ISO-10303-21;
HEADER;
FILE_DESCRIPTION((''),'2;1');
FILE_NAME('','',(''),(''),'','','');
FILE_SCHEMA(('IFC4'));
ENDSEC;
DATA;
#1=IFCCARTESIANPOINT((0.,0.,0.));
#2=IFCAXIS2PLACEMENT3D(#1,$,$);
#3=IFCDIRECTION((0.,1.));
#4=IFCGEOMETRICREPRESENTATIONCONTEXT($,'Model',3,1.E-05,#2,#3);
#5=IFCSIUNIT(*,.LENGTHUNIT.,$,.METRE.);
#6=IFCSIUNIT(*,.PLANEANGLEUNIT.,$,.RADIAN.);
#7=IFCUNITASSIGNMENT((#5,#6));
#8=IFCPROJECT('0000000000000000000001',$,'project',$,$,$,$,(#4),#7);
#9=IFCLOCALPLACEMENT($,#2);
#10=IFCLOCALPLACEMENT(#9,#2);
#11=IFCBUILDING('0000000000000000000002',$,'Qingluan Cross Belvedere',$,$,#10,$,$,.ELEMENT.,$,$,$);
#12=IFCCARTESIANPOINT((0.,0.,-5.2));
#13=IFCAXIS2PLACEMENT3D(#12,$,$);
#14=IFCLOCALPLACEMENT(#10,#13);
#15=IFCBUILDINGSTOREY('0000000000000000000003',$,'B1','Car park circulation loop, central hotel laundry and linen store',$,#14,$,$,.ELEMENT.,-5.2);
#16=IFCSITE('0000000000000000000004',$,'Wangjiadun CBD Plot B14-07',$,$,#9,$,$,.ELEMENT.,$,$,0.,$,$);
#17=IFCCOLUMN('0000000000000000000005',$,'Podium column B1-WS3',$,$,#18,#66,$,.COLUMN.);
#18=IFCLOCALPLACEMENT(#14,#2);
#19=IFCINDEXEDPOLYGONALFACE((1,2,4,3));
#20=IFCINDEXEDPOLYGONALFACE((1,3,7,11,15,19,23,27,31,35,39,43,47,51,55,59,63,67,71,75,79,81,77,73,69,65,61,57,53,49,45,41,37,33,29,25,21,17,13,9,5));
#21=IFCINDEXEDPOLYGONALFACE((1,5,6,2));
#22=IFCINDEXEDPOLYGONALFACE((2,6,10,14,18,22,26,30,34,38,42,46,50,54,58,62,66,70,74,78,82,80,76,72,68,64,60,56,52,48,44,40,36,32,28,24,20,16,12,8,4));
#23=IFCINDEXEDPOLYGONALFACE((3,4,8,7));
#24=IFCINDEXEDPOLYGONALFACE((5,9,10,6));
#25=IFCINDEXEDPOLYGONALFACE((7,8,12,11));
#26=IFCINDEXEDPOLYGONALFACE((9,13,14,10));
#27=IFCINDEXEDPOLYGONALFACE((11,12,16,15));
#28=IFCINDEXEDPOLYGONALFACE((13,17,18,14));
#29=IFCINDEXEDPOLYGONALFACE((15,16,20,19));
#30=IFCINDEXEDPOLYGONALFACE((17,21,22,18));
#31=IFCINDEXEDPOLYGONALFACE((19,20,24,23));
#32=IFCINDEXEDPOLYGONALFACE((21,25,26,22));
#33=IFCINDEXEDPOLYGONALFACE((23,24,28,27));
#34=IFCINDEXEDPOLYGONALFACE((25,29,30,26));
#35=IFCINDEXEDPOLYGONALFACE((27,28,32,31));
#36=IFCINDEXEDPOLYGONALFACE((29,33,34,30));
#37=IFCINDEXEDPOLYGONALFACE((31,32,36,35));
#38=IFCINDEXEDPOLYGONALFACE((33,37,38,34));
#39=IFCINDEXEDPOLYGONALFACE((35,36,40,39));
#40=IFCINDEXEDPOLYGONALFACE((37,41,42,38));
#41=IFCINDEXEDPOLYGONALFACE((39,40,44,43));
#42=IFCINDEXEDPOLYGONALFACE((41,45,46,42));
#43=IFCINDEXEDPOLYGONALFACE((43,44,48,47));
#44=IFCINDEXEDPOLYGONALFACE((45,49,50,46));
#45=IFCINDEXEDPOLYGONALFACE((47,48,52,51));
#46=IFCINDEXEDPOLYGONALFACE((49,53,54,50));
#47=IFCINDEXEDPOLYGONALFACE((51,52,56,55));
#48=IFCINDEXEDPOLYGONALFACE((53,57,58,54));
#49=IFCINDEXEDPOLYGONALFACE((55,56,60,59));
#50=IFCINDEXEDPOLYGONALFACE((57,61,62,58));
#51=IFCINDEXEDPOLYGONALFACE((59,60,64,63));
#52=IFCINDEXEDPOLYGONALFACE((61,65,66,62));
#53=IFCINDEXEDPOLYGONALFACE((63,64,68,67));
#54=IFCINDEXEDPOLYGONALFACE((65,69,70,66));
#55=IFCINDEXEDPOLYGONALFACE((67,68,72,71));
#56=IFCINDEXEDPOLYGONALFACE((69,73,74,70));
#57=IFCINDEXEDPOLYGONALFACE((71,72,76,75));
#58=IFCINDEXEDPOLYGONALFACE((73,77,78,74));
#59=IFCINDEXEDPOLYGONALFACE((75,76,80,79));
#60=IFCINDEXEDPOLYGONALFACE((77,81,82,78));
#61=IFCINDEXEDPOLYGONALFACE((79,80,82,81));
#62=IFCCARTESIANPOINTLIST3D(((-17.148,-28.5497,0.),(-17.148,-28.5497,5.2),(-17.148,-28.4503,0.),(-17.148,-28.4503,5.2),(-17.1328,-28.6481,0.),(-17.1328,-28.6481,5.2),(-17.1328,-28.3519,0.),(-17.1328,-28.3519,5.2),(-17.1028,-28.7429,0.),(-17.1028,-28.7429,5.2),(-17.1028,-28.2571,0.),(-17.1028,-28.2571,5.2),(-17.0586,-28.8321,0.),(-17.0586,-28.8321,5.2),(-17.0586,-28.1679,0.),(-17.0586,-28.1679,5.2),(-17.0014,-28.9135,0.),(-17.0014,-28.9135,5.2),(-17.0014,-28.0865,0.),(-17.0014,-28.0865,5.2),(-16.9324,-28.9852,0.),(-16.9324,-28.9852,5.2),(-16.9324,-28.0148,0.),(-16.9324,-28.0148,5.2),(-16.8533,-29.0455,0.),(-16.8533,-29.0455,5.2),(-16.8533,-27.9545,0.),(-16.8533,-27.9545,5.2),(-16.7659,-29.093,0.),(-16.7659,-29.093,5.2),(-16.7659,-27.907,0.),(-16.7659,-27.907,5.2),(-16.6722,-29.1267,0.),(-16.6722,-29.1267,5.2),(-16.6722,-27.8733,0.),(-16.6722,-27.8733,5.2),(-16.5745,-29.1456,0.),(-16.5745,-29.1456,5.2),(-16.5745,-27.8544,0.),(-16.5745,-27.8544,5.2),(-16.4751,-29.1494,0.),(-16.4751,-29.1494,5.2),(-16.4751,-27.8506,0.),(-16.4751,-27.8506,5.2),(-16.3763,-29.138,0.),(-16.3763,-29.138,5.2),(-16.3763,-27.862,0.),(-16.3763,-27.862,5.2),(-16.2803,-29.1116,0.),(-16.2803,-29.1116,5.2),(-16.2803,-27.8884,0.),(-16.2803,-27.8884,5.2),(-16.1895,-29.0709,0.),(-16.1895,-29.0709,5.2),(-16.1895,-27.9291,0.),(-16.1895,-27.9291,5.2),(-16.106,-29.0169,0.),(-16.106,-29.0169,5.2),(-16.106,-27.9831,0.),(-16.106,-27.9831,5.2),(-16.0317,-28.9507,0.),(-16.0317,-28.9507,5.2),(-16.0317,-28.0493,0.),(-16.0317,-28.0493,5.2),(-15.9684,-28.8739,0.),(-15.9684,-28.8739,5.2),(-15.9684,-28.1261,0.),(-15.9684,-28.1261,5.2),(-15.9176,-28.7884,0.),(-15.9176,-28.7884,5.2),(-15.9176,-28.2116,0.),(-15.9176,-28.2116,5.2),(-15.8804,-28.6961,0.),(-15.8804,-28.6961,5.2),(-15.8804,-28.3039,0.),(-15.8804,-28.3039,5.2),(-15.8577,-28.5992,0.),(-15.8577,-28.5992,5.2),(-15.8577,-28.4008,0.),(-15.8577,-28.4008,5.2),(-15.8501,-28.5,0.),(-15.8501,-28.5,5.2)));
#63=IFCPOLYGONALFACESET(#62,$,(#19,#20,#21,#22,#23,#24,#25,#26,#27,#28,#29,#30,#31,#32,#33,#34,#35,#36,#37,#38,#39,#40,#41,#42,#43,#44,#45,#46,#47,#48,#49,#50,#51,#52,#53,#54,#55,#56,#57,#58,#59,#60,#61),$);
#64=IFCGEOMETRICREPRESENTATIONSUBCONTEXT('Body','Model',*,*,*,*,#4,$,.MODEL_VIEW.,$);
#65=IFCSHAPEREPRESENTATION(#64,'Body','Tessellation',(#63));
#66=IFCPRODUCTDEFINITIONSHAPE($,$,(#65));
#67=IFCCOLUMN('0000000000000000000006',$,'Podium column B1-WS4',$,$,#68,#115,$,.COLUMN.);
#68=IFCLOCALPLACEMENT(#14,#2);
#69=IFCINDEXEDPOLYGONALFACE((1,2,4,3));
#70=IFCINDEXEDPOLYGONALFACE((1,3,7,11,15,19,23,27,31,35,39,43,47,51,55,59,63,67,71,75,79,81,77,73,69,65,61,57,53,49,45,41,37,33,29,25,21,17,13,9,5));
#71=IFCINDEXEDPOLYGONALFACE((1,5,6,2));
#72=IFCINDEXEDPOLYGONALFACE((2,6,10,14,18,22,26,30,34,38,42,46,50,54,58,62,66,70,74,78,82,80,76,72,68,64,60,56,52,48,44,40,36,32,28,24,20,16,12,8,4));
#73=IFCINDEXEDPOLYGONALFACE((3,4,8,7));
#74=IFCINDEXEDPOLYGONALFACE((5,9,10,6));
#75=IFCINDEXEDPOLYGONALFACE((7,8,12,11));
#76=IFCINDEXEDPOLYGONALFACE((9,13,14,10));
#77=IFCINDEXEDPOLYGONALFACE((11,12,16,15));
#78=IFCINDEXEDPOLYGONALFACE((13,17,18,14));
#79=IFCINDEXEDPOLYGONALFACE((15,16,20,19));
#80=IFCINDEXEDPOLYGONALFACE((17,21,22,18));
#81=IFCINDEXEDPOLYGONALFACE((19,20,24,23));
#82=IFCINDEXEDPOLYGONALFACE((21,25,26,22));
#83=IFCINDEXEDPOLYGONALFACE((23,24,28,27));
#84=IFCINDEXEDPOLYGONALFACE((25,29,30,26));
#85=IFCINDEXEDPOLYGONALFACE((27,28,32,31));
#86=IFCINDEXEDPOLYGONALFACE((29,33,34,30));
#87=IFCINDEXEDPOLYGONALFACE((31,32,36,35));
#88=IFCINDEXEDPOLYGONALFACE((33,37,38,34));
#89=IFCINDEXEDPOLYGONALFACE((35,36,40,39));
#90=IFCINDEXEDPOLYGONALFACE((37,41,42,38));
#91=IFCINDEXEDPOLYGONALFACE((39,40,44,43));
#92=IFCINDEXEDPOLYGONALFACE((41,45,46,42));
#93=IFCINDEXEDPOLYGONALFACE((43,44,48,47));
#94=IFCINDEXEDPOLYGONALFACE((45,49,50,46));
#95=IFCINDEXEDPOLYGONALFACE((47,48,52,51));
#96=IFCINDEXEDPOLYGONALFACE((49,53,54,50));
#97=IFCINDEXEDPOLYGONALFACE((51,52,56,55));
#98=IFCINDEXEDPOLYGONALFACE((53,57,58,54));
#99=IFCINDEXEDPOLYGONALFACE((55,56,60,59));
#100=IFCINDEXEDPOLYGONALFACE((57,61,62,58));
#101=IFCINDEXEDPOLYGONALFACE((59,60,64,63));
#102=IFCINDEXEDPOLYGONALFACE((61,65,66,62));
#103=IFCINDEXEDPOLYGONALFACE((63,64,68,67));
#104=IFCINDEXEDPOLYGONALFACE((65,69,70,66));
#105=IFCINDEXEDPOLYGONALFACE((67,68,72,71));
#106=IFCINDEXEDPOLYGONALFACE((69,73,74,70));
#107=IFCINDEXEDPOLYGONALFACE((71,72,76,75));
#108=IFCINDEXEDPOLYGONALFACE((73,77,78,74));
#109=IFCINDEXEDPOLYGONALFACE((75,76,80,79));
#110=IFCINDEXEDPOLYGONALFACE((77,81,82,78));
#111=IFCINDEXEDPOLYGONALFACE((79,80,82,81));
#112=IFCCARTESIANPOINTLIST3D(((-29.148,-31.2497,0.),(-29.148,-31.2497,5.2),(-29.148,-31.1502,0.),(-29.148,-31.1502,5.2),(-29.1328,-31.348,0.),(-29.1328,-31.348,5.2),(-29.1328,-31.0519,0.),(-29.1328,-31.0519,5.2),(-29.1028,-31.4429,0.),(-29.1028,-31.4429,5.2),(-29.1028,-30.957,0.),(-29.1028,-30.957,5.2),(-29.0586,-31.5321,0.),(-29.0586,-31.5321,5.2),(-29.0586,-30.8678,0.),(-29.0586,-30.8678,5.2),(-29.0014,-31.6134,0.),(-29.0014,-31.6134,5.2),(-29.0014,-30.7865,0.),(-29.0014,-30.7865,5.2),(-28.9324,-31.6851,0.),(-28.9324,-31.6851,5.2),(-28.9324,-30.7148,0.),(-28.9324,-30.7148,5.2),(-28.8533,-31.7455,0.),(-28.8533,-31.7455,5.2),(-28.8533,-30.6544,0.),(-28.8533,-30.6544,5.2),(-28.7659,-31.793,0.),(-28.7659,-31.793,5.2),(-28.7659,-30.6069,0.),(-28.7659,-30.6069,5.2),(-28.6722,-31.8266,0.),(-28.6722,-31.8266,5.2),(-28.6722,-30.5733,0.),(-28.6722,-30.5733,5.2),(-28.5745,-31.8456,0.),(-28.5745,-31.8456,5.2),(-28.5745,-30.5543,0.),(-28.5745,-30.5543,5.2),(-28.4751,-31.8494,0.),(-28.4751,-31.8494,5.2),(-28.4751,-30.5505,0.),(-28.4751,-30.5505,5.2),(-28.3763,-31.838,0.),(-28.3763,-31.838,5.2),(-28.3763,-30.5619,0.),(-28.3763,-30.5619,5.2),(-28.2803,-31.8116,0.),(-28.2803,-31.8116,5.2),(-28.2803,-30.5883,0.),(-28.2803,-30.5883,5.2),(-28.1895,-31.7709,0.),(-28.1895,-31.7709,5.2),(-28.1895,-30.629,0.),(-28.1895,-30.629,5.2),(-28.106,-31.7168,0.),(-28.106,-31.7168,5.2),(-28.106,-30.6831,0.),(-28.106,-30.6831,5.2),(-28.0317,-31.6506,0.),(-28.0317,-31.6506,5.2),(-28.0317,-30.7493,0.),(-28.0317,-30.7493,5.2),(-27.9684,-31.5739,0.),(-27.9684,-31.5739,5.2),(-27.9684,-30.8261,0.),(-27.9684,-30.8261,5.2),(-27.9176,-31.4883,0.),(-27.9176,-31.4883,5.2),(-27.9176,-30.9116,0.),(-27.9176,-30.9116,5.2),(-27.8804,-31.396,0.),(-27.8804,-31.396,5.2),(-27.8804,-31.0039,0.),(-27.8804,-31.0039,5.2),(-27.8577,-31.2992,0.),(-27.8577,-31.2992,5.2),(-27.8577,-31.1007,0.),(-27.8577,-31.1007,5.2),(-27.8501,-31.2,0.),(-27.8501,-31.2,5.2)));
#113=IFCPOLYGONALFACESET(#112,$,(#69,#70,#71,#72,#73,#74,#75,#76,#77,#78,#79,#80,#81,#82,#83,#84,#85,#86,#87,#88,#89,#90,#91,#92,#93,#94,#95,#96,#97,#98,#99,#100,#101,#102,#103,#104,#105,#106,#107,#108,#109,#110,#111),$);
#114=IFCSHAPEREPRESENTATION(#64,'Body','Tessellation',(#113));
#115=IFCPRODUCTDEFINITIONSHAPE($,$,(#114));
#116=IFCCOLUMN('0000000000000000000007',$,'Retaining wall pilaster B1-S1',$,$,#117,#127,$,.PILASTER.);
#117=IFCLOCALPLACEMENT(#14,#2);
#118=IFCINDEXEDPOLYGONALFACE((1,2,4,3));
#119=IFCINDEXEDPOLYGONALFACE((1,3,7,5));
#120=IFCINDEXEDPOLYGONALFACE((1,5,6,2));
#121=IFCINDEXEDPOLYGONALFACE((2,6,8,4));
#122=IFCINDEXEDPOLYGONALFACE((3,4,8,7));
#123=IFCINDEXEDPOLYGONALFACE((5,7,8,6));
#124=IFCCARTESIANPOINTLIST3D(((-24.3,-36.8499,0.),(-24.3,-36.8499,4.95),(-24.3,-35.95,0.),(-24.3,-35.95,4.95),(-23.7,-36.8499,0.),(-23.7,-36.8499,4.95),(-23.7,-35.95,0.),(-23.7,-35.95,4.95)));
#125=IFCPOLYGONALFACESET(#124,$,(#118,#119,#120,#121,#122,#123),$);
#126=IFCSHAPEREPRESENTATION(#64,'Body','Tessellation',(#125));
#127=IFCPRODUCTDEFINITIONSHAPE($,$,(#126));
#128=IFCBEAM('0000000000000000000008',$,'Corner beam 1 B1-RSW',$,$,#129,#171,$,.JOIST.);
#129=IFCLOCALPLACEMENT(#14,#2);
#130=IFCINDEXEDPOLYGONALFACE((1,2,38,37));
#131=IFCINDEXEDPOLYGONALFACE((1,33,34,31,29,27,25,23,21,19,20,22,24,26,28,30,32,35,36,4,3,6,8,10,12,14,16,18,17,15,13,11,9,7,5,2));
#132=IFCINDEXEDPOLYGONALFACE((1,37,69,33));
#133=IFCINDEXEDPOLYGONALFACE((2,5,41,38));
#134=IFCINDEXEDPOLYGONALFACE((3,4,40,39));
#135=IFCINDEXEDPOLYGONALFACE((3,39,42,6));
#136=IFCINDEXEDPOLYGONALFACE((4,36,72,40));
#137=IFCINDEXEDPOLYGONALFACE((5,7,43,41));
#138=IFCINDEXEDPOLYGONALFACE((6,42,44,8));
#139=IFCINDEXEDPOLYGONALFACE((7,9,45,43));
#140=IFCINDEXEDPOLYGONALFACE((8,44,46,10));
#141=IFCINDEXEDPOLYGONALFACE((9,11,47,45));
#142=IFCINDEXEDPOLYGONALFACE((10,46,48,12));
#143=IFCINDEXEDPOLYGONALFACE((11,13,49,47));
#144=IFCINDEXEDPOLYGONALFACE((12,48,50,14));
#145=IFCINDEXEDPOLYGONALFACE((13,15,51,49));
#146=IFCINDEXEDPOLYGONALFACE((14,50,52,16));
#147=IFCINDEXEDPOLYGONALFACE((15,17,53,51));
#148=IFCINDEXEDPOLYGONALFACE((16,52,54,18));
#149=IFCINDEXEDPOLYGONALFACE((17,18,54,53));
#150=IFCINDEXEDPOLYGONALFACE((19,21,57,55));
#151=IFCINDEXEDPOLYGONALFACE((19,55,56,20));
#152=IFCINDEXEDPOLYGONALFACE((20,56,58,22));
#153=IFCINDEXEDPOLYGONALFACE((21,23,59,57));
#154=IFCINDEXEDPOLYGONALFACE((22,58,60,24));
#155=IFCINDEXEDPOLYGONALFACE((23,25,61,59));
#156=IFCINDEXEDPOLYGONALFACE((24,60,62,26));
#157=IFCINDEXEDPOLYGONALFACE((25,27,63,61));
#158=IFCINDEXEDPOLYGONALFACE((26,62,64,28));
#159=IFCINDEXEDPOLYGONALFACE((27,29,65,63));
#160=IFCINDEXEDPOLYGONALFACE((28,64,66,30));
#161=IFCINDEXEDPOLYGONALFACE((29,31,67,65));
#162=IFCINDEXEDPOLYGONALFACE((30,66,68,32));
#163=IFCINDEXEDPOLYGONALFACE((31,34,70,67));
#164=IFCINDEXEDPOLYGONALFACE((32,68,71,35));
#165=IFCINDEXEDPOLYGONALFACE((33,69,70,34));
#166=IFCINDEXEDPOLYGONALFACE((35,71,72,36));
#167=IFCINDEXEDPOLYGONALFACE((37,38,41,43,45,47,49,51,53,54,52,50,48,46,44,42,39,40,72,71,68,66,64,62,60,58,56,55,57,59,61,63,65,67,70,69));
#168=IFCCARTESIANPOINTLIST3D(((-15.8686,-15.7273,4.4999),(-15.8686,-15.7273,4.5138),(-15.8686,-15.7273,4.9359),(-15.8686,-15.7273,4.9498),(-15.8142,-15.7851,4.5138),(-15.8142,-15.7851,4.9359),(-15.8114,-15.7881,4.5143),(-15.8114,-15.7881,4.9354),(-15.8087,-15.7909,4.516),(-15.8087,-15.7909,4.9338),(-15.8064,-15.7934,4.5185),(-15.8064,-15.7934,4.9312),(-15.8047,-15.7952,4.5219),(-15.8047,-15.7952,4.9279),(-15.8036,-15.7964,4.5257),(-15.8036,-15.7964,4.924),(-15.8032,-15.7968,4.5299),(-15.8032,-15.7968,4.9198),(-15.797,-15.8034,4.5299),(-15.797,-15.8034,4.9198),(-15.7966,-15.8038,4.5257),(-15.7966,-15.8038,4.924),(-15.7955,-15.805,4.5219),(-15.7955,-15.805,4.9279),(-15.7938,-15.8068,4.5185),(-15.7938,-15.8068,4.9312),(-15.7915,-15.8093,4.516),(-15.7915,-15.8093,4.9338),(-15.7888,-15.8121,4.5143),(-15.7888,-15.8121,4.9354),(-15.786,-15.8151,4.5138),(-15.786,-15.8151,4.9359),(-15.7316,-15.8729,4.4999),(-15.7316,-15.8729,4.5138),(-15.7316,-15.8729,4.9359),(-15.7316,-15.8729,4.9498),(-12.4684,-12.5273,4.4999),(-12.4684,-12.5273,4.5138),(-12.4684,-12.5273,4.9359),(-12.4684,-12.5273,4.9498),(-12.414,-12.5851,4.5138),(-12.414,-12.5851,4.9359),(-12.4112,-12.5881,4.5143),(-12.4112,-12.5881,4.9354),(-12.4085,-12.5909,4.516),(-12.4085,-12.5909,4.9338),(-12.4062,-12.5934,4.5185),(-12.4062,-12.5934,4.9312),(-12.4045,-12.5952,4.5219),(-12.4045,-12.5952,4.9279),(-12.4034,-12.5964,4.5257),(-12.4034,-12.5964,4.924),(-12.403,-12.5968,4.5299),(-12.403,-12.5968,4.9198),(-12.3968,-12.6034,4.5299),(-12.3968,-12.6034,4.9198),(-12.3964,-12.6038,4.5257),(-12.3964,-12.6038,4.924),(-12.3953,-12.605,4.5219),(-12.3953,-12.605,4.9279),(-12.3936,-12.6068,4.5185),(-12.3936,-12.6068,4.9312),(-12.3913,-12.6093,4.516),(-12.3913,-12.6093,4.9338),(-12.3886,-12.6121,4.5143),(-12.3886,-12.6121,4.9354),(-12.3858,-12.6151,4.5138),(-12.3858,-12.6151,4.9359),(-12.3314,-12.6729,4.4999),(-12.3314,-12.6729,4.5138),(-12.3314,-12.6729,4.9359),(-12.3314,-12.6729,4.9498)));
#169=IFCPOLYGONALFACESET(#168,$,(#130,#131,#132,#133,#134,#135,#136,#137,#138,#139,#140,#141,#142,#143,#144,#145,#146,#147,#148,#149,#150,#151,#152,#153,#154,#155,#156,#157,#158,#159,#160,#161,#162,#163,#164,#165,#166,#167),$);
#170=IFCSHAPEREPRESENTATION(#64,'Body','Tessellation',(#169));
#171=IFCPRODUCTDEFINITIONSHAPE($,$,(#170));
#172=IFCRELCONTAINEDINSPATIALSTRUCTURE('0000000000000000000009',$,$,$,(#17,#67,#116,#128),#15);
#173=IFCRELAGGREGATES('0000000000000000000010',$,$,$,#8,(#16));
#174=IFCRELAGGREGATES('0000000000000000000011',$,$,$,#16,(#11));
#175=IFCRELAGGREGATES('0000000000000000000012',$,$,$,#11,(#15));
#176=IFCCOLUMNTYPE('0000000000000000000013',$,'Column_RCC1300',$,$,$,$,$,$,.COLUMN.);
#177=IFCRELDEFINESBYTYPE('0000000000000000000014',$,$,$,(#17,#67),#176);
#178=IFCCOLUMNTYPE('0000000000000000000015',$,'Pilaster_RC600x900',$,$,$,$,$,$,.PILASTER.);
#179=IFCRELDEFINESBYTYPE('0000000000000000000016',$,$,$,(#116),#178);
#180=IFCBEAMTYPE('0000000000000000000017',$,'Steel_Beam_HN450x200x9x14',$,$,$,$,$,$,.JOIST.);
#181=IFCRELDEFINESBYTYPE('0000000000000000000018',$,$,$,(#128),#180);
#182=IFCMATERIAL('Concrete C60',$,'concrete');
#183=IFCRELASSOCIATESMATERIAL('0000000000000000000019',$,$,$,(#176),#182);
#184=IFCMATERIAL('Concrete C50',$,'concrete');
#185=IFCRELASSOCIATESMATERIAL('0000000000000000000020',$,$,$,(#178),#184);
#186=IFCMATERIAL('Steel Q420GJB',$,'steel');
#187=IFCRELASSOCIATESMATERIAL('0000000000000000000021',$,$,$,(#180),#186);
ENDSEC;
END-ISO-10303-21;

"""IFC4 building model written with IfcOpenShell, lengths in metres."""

from ifc_helpers import new_model, si_unit, direction, frame, origin, origin_2d, place, context, subcontext, project, spatial, rectangle, circle, i_section, extrude, material, material_profile, profile_set, type_object, element, save


model = new_model("IFC4")

# Units and contexts
model_context = context("Model", 3, precision=1e-05, world=origin(), true_north=direction((0.0, 1.0)))
body_context = subcontext(model_context, "Body", "Model", "MODEL_VIEW")
ifc_project = project(units=[si_unit("LENGTHUNIT", "METRE"), si_unit("PLANEANGLEUNIT", "RADIAN")], contexts=[model_context])

# Site, building, storey
site_placement = place(None, origin())
site = spatial("IfcSite", under=ifc_project, at=site_placement, Name="Wangjiadun CBD Plot B14-07", CompositionType="ELEMENT", RefElevation=0.0)
building_placement = place(site_placement, origin())
building = spatial("IfcBuilding", under=site, at=building_placement, Name="Qingluan Cross Belvedere", CompositionType="ELEMENT")
storey_placement = place(building_placement, frame((0.0, 0.0, -5.2)))
storey = spatial("IfcBuildingStorey", under=building, at=storey_placement, Name="B1", Description="Car park circulation loop, central hotel laundry and linen store", CompositionType="ELEMENT", Elevation=-5.2)

# Columns
ifc_material_1 = material(Name="Concrete C60", Category="concrete")
ifc_material_profile_1 = material_profile(ifc_material_1, circle(Radius=0.6499, at=origin_2d()), Name="RCC1300")
ifc_profile_set_1 = profile_set([ifc_material_profile_1], Name="Concrete C60")
column_type_1 = type_object("IfcColumnType", Name="Column_RCC1300", PredefinedType="COLUMN", material=ifc_profile_set_1)
for number, where, z_axis, x_axis, name in (
    (1, (-16.5, -28.5, 0.0), (0.0, 0.0, 1.0), (1.0, 0.0, 0.0), "Podium column B1-WS3"),
    (2, (-28.5, -31.2, 0.0), (0.0, 0.0, 1.0), (1.0, 0.0, 0.0), "Podium column B1-WS4"),
):
    element("IfcColumn", number, at=place(storey_placement, frame(where, z_axis=z_axis, x_axis=x_axis)), inside=storey, type_object=column_type_1, Name=name, PredefinedType="COLUMN", context=body_context, shape_type="SweptSolid", body=[
        extrude(circle(Radius=0.6499, at=origin_2d()), origin(), (0.0, 0.0, 1.0), 5.2),
    ])
ifc_material_2 = material(Name="Concrete C50", Category="concrete")
ifc_material_profile_2 = material_profile(ifc_material_2, rectangle(XDim=0.6001, YDim=0.8999, at=origin_2d()), Name="RC600x900")
ifc_profile_set_2 = profile_set([ifc_material_profile_2], Name="Concrete C50")
column_type_2 = type_object("IfcColumnType", Name="Pilaster_RC600x900", PredefinedType="PILASTER", material=ifc_profile_set_2)
column_1_placement = place(storey_placement, frame((-24.0, -36.3999, 0.0), z_axis=(0.0, 0.0, 1.0), x_axis=(1.0, 0.0, 0.0)))
element("IfcColumn", 3, at=column_1_placement, inside=storey, type_object=column_type_2, Name="Retaining wall pilaster B1-S1", PredefinedType="PILASTER", context=body_context, shape_type="SweptSolid", body=[
    extrude(rectangle(XDim=0.6001, YDim=0.8999, at=origin_2d()), origin(), (0.0, 0.0, 1.0), 4.95),
])

# Beam
ifc_material_3 = material(Name="Steel Q420GJB", Category="steel")
ifc_material_profile_3 = material_profile(ifc_material_3, i_section(OverallWidth=0.2, OverallDepth=0.45, WebThickness=0.009, FlangeThickness=0.0139, FilletRadius=0.0161, at=origin_2d()), Name="HN450x200x9x14")
ifc_profile_set_3 = profile_set([ifc_material_profile_3], Name="Steel Q420GJB")
beam_type_1 = type_object("IfcBeamType", Name="Steel_Beam_HN450x200x9x14", PredefinedType="JOIST", material=ifc_profile_set_3)
beam_1_placement = place(storey_placement, frame((-12.3999, -12.6001, 4.7249), z_axis=(-0.72822, -0.685343, 0.0), x_axis=(0.685343, -0.72822, 0.0)))
element("IfcBeam", 4, at=beam_1_placement, inside=storey, type_object=beam_type_1, Name="Corner beam 1 B1-RSW", PredefinedType="JOIST", context=body_context, shape_type="SweptSolid", body=[
    extrude(i_section(OverallWidth=0.2, OverallDepth=0.45, WebThickness=0.009, FlangeThickness=0.0139, FilletRadius=0.0161, at=origin_2d()), origin(), (0.0, 0.0, 1.0), 4.6692),
])

save(model, "model.ifc")
